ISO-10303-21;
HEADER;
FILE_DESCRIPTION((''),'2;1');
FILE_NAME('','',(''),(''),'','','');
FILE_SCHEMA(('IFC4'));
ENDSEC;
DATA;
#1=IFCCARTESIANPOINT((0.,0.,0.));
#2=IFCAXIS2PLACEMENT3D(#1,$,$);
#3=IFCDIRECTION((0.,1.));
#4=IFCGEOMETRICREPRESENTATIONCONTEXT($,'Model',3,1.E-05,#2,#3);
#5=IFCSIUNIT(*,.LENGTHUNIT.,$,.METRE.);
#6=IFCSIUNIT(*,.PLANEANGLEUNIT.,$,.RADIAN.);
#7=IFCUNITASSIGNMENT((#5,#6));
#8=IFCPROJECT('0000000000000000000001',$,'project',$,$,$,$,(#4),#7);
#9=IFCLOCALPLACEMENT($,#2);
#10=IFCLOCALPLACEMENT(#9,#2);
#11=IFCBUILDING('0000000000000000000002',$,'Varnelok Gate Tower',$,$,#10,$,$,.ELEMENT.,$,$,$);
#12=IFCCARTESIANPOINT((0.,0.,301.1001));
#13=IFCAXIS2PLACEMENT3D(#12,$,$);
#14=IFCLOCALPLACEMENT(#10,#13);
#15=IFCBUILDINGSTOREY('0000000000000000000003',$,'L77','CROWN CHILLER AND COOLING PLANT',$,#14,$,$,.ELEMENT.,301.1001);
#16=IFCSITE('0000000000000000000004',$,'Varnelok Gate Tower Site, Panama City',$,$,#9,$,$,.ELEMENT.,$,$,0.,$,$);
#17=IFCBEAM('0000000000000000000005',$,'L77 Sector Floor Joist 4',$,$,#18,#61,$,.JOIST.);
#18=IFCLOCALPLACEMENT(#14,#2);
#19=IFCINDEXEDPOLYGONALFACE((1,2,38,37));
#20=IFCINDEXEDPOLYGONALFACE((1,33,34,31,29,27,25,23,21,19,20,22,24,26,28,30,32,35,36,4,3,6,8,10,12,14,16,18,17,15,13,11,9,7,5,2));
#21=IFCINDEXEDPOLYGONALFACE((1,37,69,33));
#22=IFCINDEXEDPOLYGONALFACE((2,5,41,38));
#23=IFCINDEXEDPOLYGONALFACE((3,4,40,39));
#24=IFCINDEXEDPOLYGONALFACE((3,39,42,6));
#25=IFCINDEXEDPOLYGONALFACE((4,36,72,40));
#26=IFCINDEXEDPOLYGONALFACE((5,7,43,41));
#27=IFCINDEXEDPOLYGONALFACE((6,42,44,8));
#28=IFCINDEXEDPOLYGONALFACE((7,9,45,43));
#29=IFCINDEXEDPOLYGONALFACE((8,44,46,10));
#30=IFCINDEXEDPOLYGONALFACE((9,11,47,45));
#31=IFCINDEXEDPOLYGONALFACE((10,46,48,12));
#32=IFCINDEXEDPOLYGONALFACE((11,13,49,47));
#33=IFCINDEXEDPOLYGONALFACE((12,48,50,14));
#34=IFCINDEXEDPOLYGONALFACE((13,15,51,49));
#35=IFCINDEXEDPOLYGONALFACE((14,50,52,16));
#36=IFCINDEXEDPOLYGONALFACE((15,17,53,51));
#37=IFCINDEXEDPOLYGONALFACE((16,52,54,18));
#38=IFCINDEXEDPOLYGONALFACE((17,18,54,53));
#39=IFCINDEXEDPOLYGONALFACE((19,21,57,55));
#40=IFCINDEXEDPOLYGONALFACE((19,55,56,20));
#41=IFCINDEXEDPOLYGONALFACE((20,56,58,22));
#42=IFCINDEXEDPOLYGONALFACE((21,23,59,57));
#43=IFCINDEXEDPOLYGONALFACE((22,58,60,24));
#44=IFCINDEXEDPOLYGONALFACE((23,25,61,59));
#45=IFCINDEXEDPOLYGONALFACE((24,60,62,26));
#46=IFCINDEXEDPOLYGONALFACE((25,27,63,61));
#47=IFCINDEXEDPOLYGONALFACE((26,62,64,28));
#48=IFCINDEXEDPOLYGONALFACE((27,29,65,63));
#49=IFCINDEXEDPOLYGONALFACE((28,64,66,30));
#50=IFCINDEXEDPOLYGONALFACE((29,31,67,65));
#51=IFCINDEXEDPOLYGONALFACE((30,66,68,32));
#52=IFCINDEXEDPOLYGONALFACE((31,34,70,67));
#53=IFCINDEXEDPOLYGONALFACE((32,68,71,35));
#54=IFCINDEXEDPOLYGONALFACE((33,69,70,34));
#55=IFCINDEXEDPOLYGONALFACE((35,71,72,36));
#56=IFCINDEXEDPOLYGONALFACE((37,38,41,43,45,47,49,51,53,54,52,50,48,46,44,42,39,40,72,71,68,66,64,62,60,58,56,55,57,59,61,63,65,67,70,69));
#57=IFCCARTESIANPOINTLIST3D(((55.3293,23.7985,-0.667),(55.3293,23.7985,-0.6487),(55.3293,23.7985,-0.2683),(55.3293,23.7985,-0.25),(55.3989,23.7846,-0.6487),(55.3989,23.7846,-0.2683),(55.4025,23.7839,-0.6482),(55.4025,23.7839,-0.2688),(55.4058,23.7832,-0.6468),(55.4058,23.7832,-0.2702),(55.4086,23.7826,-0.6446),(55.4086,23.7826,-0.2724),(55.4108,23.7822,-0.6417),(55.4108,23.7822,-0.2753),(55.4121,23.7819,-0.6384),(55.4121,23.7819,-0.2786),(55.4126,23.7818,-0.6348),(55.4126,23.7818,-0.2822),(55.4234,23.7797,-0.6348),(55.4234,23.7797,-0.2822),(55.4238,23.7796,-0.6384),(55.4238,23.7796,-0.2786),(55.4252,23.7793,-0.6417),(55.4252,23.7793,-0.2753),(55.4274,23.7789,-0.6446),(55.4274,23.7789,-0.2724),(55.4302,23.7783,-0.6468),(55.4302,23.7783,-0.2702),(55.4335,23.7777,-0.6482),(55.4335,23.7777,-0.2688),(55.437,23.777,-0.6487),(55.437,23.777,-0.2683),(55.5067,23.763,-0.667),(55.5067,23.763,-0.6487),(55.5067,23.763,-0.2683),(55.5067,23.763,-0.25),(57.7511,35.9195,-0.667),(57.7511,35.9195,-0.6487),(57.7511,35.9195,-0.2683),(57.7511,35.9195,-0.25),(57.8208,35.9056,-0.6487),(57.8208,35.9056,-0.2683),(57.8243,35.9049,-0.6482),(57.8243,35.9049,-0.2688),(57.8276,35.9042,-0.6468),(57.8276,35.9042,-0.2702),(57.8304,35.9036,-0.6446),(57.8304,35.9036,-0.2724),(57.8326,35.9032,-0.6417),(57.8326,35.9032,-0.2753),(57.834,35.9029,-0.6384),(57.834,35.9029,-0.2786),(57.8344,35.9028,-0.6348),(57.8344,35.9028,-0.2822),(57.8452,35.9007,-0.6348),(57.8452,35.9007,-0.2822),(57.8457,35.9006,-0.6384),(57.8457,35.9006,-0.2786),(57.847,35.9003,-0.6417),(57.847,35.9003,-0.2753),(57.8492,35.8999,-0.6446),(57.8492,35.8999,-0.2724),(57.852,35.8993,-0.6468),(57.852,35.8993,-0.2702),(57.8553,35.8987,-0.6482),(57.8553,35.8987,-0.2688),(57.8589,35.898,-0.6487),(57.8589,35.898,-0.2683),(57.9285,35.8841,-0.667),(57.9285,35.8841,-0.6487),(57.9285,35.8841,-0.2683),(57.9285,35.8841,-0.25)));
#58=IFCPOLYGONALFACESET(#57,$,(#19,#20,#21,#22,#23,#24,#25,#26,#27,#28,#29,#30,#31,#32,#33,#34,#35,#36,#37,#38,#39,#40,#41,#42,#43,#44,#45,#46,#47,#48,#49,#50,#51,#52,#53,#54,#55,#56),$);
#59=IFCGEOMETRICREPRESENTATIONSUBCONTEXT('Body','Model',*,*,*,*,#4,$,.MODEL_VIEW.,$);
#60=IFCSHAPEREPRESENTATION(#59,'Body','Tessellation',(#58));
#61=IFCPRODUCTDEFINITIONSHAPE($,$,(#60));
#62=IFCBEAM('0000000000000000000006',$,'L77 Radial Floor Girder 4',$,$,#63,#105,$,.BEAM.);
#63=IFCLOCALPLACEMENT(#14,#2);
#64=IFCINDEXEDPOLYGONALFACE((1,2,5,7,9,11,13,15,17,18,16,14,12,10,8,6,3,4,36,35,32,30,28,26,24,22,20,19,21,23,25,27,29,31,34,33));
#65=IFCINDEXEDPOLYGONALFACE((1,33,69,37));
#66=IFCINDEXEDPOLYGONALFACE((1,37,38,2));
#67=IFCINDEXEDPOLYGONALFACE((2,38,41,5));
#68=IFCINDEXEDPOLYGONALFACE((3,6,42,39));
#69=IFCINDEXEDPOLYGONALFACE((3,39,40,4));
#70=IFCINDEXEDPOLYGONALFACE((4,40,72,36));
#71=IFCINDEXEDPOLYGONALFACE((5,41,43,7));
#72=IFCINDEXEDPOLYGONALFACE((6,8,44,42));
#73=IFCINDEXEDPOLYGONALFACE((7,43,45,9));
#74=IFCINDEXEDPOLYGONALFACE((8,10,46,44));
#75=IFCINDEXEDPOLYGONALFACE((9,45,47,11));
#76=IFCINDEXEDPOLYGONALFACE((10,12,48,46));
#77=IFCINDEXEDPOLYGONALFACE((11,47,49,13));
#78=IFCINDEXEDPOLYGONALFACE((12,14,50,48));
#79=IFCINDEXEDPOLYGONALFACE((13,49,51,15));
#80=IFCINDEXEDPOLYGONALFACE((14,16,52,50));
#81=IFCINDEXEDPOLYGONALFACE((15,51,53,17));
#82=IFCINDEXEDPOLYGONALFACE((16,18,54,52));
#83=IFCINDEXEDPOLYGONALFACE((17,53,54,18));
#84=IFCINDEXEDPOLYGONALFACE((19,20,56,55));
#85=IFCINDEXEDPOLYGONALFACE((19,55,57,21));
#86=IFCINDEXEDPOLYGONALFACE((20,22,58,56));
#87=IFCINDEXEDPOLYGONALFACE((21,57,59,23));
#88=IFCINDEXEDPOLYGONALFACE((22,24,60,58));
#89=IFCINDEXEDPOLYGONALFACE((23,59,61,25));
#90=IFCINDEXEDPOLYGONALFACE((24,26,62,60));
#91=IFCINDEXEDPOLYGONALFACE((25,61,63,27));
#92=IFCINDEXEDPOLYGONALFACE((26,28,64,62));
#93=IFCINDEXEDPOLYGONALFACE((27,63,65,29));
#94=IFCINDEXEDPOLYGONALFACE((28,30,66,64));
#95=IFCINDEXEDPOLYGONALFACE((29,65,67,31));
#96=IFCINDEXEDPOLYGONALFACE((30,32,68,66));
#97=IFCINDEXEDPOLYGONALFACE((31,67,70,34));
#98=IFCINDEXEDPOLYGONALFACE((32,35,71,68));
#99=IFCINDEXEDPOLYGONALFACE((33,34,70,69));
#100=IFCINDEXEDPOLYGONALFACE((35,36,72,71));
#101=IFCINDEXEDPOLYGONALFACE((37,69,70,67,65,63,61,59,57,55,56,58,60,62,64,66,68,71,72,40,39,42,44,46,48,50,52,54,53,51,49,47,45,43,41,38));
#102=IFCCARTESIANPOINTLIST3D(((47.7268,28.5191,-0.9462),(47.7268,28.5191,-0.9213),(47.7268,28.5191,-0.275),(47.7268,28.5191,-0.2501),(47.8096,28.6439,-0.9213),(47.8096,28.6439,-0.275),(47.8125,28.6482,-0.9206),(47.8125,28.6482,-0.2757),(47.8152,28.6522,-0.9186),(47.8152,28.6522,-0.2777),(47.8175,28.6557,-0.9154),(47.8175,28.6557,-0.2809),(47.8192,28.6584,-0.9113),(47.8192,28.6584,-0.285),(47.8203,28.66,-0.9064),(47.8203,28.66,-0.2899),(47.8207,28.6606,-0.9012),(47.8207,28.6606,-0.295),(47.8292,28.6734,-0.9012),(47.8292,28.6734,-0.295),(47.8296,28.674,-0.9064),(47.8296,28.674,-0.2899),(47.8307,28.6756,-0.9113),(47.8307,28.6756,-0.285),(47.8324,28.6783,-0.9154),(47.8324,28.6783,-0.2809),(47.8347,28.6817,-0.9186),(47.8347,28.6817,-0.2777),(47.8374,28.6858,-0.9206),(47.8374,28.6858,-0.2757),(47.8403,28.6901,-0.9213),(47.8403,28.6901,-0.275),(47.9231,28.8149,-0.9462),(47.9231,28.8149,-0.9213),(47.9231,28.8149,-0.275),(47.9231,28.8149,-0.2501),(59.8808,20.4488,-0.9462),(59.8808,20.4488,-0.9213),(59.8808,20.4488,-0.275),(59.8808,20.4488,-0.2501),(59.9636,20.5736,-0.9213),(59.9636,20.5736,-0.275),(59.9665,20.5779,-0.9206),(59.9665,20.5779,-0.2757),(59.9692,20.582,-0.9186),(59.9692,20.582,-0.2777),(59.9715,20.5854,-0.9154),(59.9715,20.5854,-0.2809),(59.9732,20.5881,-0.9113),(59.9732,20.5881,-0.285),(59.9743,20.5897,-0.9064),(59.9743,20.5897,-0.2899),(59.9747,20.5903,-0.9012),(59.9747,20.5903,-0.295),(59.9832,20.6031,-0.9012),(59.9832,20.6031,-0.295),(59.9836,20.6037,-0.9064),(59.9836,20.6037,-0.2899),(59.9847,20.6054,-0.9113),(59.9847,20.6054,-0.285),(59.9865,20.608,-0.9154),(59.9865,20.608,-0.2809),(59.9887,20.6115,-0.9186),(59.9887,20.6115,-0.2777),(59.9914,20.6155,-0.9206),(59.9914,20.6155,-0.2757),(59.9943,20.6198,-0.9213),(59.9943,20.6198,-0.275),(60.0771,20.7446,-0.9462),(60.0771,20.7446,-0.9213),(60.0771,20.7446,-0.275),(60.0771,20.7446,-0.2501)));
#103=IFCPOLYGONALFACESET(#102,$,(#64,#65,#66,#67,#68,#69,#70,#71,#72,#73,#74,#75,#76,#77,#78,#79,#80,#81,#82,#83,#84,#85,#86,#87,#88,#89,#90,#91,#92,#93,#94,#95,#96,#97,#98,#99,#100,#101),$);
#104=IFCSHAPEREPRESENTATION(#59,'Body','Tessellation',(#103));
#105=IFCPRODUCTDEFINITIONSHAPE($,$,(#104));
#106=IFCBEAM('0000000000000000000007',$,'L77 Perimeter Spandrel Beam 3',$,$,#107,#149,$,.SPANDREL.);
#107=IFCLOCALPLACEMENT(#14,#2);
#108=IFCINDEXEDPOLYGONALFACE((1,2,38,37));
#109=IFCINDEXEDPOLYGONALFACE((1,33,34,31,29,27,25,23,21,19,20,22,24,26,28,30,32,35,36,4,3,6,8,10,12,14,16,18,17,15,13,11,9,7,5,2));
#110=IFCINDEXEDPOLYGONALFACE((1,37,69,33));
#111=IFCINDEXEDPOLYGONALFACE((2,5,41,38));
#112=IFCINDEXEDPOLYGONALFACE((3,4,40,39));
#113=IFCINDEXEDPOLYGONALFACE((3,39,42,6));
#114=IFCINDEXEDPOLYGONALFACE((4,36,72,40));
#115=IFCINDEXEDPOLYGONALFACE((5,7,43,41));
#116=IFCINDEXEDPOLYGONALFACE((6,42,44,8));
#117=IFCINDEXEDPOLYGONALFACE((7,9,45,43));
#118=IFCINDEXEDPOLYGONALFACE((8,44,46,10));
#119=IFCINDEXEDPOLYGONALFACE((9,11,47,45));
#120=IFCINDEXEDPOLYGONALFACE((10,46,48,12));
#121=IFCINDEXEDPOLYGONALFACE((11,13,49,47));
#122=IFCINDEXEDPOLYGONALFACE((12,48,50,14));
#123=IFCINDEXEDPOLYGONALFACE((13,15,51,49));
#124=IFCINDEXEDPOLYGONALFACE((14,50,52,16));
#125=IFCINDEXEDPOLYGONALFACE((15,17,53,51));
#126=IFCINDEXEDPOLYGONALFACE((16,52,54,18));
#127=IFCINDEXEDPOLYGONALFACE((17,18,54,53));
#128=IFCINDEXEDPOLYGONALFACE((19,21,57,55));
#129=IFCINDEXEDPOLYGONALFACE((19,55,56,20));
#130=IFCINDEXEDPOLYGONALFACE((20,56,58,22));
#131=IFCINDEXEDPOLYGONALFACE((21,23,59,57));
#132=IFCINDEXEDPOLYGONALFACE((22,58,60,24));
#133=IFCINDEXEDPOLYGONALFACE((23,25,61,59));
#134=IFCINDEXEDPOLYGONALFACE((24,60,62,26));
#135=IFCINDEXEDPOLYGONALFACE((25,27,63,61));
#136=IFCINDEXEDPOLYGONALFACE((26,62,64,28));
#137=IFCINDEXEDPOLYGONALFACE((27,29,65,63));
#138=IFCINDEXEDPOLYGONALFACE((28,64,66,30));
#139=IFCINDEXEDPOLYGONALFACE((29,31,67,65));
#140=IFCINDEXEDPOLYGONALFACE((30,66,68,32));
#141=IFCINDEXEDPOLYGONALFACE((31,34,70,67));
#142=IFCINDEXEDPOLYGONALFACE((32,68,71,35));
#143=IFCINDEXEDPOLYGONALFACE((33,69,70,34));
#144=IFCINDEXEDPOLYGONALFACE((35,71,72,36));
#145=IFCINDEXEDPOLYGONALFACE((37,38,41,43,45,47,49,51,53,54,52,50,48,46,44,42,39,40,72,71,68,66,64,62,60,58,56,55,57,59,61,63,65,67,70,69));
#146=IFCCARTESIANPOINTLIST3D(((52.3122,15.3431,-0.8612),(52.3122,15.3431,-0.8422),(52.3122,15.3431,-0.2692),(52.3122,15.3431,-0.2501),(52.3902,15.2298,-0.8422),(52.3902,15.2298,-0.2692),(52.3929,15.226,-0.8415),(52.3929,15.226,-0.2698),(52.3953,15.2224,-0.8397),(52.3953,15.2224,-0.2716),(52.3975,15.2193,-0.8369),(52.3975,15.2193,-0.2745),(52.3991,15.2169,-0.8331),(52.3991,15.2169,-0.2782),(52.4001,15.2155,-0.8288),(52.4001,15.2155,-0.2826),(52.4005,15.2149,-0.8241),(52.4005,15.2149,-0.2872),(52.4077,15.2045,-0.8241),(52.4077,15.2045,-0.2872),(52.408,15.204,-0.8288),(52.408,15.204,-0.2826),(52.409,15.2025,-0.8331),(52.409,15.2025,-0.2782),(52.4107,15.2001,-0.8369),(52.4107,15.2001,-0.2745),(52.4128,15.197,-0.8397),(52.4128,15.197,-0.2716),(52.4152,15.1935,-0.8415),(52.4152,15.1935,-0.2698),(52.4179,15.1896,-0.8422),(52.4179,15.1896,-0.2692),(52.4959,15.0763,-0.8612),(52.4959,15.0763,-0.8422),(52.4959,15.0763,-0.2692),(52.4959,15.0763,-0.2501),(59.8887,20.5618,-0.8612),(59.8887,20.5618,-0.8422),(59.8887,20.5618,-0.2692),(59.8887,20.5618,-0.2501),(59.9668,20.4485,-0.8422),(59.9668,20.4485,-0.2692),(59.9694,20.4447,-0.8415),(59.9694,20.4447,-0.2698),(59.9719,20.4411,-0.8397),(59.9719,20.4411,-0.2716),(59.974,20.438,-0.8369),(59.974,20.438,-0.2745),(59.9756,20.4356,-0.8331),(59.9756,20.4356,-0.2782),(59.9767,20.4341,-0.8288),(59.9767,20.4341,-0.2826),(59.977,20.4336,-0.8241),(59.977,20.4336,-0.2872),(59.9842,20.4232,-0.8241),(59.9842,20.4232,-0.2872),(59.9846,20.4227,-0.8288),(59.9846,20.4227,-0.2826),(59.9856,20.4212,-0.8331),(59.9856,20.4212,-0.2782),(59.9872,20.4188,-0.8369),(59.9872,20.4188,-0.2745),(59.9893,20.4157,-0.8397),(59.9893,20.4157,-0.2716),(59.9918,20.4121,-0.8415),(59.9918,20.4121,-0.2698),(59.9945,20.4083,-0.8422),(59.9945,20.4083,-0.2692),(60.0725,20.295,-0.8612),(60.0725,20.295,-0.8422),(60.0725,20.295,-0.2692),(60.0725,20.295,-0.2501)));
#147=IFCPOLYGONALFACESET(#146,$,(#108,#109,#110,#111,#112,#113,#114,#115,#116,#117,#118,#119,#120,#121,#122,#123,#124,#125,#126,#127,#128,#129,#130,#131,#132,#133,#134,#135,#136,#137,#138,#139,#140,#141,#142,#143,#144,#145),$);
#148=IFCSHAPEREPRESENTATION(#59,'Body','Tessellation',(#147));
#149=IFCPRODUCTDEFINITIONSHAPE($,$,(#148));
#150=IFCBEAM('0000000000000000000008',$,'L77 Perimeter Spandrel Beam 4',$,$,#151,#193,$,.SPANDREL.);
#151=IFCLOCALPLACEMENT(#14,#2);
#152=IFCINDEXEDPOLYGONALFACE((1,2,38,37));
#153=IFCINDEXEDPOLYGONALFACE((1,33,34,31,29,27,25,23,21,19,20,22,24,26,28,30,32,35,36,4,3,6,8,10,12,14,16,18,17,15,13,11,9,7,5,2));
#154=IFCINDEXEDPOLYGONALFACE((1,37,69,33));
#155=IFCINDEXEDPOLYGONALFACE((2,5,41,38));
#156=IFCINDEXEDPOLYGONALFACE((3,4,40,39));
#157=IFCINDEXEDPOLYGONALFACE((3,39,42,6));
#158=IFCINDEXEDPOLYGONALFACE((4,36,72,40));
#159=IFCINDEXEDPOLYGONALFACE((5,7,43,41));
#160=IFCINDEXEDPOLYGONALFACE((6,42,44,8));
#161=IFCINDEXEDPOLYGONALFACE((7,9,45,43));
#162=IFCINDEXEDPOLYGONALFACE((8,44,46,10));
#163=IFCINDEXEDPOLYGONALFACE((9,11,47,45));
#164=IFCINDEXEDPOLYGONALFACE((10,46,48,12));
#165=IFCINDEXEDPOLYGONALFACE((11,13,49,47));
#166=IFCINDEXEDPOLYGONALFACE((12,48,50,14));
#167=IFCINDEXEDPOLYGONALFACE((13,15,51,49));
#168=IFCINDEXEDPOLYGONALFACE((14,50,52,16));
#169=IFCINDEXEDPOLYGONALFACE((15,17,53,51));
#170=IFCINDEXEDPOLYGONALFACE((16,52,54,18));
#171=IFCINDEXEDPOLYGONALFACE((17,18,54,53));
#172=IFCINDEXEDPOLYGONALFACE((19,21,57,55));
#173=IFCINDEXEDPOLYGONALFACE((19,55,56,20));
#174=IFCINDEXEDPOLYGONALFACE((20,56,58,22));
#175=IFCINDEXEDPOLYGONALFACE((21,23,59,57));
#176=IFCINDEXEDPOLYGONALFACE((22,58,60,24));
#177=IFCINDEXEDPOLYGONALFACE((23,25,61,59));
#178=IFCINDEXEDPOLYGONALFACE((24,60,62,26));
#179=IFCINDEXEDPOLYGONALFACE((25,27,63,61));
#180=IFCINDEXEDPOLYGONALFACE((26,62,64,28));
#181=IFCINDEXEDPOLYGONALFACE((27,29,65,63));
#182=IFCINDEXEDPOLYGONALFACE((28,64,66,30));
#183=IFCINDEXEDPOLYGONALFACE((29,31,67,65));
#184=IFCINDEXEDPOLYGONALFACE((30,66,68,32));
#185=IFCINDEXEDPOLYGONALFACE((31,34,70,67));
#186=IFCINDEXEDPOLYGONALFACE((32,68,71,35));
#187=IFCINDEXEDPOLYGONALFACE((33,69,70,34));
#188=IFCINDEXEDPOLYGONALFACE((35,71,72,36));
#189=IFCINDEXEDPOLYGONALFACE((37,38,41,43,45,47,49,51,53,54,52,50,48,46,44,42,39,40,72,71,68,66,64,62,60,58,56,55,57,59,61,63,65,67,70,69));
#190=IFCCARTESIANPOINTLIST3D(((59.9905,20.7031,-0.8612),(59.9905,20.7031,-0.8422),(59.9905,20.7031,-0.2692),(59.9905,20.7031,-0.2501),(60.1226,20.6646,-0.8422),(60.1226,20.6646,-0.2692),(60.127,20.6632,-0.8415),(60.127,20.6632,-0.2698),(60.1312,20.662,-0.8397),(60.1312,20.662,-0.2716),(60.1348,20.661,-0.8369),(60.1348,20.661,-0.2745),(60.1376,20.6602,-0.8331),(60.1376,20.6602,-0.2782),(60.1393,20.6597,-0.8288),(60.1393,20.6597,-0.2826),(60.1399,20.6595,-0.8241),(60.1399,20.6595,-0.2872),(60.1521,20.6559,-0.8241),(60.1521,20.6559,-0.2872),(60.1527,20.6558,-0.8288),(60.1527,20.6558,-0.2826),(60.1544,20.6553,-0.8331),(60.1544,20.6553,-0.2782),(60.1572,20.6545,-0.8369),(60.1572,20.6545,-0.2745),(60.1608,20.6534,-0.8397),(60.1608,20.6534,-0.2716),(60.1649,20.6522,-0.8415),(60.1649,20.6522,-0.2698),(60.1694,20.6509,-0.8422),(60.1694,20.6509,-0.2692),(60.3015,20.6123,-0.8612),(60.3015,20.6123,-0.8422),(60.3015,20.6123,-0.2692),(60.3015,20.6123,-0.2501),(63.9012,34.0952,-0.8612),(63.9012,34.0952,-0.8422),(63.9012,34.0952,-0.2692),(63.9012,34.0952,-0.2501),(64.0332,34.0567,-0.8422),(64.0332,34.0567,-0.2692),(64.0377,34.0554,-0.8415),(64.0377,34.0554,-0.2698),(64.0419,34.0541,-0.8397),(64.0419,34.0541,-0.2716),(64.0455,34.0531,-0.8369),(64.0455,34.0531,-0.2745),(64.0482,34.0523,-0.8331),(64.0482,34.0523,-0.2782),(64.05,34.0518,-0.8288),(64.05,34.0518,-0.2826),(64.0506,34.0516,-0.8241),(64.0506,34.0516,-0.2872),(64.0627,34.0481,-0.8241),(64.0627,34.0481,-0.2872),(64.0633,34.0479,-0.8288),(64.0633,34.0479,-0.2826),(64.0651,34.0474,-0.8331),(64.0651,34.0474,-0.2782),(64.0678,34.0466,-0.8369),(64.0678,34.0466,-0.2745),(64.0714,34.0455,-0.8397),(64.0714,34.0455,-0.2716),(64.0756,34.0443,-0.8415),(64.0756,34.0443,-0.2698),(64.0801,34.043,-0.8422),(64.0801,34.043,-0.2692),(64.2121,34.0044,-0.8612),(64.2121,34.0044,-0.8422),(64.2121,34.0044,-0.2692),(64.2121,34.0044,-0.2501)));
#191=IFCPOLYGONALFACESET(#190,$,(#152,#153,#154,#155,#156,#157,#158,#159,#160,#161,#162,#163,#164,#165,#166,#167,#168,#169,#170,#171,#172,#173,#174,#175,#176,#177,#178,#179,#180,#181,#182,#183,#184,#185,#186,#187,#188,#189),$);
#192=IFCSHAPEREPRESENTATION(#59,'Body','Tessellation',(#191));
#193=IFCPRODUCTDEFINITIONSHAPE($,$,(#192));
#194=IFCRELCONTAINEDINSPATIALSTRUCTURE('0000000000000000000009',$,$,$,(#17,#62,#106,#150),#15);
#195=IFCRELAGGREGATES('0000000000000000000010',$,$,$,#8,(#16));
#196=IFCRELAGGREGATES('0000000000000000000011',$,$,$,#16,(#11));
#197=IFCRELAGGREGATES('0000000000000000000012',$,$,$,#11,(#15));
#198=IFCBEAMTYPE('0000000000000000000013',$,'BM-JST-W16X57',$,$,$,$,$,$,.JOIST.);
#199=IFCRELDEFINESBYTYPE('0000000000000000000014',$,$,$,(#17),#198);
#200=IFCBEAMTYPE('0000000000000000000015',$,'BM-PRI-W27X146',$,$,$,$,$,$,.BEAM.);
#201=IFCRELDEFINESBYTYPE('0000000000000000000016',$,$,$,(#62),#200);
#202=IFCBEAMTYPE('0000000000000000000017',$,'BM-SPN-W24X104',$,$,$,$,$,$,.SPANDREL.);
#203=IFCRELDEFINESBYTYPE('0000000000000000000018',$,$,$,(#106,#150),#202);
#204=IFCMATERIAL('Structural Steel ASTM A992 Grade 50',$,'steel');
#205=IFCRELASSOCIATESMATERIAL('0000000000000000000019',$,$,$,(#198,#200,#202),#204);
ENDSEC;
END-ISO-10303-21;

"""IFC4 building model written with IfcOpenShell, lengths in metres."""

from ifc_helpers import new_model, si_unit, direction, frame, origin, origin_2d, place, context, subcontext, project, spatial, i_section, extrude, material, material_profile, profile_set, type_object, element, save


model = new_model("IFC4")

# Units and contexts
model_context = context("Model", 3, precision=1e-05, world=origin(), true_north=direction((0.0, 1.0)))
body_context = subcontext(model_context, "Body", "Model", "MODEL_VIEW")
ifc_project = project(units=[si_unit("LENGTHUNIT", "METRE"), si_unit("PLANEANGLEUNIT", "RADIAN")], contexts=[model_context])

# Site, building, storey
site_placement = place(None, origin())
site = spatial("IfcSite", under=ifc_project, at=site_placement, Name="Varnelok Gate Tower Site, Panama City", CompositionType="ELEMENT", RefElevation=0.0)
building_placement = place(site_placement, origin())
building = spatial("IfcBuilding", under=site, at=building_placement, Name="Varnelok Gate Tower", CompositionType="ELEMENT")
storey_placement = place(building_placement, frame((0.0, 0.0, 301.1001)))
storey = spatial("IfcBuildingStorey", under=building, at=storey_placement, Name="L77", Description="CROWN CHILLER AND COOLING PLANT", CompositionType="ELEMENT", Elevation=301.1001)

# Shared definitions
ifc_material_1 = material(Name="Structural Steel ASTM A992 Grade 50", Category="steel")

# Beams
ifc_material_profile_1 = material_profile(ifc_material_1, i_section(OverallWidth=0.1809, OverallDepth=0.417, WebThickness=0.011, FlangeThickness=0.0183, FilletRadius=0.0139, at=origin_2d()), Name="W16X57")
ifc_profile_set_1 = profile_set([ifc_material_profile_1], Name="Structural Steel ASTM A992 Grade 50")
beam_type_1 = type_object("IfcBeamType", Name="BM-JST-W16X57", PredefinedType="JOIST", material=ifc_profile_set_1)
beam_1_placement = place(storey_placement, frame((55.418, 23.7808, -0.4585), z_axis=(0.195934, 0.980617, 0.0), x_axis=(-0.980617, 0.195934, 0.0)))
element("IfcBeam", 1, at=beam_1_placement, inside=storey, type_object=beam_type_1, Name="L77 Sector Floor Joist 4", PredefinedType="JOIST", context=body_context, shape_type="SweptSolid", body=[
    extrude(i_section(OverallWidth=0.1809, OverallDepth=0.417, WebThickness=0.011, FlangeThickness=0.0183, FilletRadius=0.0139, at=origin_2d()), origin(), (0.0, 0.0, 1.0), 12.3606),
])
ifc_material_profile_2 = material_profile(ifc_material_1, i_section(OverallWidth=0.355, OverallDepth=0.696, WebThickness=0.0154, FlangeThickness=0.0249, FilletRadius=0.02, at=origin_2d()), Name="W27X146")
ifc_profile_set_2 = profile_set([ifc_material_profile_2], Name="Structural Steel ASTM A992 Grade 50")
beam_type_2 = type_object("IfcBeamType", Name="BM-PRI-W27X146", PredefinedType="BEAM", material=ifc_profile_set_2)
beam_2_placement = place(storey_placement, frame((47.825, 28.667, -0.5981), z_axis=(0.833074, -0.553162, 0.0), x_axis=(0.553162, 0.833074, 0.0)))
element("IfcBeam", 2, at=beam_2_placement, inside=storey, type_object=beam_type_2, Name="L77 Radial Floor Girder 4", PredefinedType="BEAM", context=body_context, shape_type="SweptSolid", body=[
    extrude(i_section(OverallWidth=0.355, OverallDepth=0.696, WebThickness=0.0154, FlangeThickness=0.0249, FilletRadius=0.02, at=origin_2d()), origin(), (0.0, 0.0, 1.0), 14.5894),
])
ifc_material_profile_3 = material_profile(ifc_material_1, i_section(OverallWidth=0.324, OverallDepth=0.6111, WebThickness=0.0127, FlangeThickness=0.019, FilletRadius=0.0181, at=origin_2d()), Name="W24X104")
ifc_profile_set_3 = profile_set([ifc_material_profile_3], Name="Structural Steel ASTM A992 Grade 50")
beam_type_3 = type_object("IfcBeamType", Name="BM-SPN-W24X104", PredefinedType="SPANDREL", material=ifc_profile_set_3)
beam_3_placement = place(storey_placement, frame((52.4041, 15.2097, -0.5557), z_axis=(0.823545, 0.567252, 0.0), x_axis=(-0.567252, 0.823545, 0.0)))
element("IfcBeam", 3, at=beam_3_placement, inside=storey, type_object=beam_type_3, Name="L77 Perimeter Spandrel Beam 3", PredefinedType="SPANDREL", context=body_context, shape_type="SweptSolid", body=[
    extrude(i_section(OverallWidth=0.324, OverallDepth=0.6111, WebThickness=0.0127, FlangeThickness=0.019, FilletRadius=0.0181, at=origin_2d()), origin(), (0.0, 0.0, 1.0), 9.2),
])
beam_4_placement = place(storey_placement, frame((60.146, 20.6577, -0.5557), z_axis=(0.280305, 0.959911, 0.0), x_axis=(-0.959911, 0.280305, 0.0)))
element("IfcBeam", 4, at=beam_4_placement, inside=storey, type_object=beam_type_3, Name="L77 Perimeter Spandrel Beam 4", PredefinedType="SPANDREL", context=body_context, shape_type="SweptSolid", body=[
    extrude(i_section(OverallWidth=0.324, OverallDepth=0.6111, WebThickness=0.0127, FlangeThickness=0.019, FilletRadius=0.0181, at=origin_2d()), origin(), (0.0, 0.0, 1.0), 13.9514),
])

save(model, "model.ifc")
